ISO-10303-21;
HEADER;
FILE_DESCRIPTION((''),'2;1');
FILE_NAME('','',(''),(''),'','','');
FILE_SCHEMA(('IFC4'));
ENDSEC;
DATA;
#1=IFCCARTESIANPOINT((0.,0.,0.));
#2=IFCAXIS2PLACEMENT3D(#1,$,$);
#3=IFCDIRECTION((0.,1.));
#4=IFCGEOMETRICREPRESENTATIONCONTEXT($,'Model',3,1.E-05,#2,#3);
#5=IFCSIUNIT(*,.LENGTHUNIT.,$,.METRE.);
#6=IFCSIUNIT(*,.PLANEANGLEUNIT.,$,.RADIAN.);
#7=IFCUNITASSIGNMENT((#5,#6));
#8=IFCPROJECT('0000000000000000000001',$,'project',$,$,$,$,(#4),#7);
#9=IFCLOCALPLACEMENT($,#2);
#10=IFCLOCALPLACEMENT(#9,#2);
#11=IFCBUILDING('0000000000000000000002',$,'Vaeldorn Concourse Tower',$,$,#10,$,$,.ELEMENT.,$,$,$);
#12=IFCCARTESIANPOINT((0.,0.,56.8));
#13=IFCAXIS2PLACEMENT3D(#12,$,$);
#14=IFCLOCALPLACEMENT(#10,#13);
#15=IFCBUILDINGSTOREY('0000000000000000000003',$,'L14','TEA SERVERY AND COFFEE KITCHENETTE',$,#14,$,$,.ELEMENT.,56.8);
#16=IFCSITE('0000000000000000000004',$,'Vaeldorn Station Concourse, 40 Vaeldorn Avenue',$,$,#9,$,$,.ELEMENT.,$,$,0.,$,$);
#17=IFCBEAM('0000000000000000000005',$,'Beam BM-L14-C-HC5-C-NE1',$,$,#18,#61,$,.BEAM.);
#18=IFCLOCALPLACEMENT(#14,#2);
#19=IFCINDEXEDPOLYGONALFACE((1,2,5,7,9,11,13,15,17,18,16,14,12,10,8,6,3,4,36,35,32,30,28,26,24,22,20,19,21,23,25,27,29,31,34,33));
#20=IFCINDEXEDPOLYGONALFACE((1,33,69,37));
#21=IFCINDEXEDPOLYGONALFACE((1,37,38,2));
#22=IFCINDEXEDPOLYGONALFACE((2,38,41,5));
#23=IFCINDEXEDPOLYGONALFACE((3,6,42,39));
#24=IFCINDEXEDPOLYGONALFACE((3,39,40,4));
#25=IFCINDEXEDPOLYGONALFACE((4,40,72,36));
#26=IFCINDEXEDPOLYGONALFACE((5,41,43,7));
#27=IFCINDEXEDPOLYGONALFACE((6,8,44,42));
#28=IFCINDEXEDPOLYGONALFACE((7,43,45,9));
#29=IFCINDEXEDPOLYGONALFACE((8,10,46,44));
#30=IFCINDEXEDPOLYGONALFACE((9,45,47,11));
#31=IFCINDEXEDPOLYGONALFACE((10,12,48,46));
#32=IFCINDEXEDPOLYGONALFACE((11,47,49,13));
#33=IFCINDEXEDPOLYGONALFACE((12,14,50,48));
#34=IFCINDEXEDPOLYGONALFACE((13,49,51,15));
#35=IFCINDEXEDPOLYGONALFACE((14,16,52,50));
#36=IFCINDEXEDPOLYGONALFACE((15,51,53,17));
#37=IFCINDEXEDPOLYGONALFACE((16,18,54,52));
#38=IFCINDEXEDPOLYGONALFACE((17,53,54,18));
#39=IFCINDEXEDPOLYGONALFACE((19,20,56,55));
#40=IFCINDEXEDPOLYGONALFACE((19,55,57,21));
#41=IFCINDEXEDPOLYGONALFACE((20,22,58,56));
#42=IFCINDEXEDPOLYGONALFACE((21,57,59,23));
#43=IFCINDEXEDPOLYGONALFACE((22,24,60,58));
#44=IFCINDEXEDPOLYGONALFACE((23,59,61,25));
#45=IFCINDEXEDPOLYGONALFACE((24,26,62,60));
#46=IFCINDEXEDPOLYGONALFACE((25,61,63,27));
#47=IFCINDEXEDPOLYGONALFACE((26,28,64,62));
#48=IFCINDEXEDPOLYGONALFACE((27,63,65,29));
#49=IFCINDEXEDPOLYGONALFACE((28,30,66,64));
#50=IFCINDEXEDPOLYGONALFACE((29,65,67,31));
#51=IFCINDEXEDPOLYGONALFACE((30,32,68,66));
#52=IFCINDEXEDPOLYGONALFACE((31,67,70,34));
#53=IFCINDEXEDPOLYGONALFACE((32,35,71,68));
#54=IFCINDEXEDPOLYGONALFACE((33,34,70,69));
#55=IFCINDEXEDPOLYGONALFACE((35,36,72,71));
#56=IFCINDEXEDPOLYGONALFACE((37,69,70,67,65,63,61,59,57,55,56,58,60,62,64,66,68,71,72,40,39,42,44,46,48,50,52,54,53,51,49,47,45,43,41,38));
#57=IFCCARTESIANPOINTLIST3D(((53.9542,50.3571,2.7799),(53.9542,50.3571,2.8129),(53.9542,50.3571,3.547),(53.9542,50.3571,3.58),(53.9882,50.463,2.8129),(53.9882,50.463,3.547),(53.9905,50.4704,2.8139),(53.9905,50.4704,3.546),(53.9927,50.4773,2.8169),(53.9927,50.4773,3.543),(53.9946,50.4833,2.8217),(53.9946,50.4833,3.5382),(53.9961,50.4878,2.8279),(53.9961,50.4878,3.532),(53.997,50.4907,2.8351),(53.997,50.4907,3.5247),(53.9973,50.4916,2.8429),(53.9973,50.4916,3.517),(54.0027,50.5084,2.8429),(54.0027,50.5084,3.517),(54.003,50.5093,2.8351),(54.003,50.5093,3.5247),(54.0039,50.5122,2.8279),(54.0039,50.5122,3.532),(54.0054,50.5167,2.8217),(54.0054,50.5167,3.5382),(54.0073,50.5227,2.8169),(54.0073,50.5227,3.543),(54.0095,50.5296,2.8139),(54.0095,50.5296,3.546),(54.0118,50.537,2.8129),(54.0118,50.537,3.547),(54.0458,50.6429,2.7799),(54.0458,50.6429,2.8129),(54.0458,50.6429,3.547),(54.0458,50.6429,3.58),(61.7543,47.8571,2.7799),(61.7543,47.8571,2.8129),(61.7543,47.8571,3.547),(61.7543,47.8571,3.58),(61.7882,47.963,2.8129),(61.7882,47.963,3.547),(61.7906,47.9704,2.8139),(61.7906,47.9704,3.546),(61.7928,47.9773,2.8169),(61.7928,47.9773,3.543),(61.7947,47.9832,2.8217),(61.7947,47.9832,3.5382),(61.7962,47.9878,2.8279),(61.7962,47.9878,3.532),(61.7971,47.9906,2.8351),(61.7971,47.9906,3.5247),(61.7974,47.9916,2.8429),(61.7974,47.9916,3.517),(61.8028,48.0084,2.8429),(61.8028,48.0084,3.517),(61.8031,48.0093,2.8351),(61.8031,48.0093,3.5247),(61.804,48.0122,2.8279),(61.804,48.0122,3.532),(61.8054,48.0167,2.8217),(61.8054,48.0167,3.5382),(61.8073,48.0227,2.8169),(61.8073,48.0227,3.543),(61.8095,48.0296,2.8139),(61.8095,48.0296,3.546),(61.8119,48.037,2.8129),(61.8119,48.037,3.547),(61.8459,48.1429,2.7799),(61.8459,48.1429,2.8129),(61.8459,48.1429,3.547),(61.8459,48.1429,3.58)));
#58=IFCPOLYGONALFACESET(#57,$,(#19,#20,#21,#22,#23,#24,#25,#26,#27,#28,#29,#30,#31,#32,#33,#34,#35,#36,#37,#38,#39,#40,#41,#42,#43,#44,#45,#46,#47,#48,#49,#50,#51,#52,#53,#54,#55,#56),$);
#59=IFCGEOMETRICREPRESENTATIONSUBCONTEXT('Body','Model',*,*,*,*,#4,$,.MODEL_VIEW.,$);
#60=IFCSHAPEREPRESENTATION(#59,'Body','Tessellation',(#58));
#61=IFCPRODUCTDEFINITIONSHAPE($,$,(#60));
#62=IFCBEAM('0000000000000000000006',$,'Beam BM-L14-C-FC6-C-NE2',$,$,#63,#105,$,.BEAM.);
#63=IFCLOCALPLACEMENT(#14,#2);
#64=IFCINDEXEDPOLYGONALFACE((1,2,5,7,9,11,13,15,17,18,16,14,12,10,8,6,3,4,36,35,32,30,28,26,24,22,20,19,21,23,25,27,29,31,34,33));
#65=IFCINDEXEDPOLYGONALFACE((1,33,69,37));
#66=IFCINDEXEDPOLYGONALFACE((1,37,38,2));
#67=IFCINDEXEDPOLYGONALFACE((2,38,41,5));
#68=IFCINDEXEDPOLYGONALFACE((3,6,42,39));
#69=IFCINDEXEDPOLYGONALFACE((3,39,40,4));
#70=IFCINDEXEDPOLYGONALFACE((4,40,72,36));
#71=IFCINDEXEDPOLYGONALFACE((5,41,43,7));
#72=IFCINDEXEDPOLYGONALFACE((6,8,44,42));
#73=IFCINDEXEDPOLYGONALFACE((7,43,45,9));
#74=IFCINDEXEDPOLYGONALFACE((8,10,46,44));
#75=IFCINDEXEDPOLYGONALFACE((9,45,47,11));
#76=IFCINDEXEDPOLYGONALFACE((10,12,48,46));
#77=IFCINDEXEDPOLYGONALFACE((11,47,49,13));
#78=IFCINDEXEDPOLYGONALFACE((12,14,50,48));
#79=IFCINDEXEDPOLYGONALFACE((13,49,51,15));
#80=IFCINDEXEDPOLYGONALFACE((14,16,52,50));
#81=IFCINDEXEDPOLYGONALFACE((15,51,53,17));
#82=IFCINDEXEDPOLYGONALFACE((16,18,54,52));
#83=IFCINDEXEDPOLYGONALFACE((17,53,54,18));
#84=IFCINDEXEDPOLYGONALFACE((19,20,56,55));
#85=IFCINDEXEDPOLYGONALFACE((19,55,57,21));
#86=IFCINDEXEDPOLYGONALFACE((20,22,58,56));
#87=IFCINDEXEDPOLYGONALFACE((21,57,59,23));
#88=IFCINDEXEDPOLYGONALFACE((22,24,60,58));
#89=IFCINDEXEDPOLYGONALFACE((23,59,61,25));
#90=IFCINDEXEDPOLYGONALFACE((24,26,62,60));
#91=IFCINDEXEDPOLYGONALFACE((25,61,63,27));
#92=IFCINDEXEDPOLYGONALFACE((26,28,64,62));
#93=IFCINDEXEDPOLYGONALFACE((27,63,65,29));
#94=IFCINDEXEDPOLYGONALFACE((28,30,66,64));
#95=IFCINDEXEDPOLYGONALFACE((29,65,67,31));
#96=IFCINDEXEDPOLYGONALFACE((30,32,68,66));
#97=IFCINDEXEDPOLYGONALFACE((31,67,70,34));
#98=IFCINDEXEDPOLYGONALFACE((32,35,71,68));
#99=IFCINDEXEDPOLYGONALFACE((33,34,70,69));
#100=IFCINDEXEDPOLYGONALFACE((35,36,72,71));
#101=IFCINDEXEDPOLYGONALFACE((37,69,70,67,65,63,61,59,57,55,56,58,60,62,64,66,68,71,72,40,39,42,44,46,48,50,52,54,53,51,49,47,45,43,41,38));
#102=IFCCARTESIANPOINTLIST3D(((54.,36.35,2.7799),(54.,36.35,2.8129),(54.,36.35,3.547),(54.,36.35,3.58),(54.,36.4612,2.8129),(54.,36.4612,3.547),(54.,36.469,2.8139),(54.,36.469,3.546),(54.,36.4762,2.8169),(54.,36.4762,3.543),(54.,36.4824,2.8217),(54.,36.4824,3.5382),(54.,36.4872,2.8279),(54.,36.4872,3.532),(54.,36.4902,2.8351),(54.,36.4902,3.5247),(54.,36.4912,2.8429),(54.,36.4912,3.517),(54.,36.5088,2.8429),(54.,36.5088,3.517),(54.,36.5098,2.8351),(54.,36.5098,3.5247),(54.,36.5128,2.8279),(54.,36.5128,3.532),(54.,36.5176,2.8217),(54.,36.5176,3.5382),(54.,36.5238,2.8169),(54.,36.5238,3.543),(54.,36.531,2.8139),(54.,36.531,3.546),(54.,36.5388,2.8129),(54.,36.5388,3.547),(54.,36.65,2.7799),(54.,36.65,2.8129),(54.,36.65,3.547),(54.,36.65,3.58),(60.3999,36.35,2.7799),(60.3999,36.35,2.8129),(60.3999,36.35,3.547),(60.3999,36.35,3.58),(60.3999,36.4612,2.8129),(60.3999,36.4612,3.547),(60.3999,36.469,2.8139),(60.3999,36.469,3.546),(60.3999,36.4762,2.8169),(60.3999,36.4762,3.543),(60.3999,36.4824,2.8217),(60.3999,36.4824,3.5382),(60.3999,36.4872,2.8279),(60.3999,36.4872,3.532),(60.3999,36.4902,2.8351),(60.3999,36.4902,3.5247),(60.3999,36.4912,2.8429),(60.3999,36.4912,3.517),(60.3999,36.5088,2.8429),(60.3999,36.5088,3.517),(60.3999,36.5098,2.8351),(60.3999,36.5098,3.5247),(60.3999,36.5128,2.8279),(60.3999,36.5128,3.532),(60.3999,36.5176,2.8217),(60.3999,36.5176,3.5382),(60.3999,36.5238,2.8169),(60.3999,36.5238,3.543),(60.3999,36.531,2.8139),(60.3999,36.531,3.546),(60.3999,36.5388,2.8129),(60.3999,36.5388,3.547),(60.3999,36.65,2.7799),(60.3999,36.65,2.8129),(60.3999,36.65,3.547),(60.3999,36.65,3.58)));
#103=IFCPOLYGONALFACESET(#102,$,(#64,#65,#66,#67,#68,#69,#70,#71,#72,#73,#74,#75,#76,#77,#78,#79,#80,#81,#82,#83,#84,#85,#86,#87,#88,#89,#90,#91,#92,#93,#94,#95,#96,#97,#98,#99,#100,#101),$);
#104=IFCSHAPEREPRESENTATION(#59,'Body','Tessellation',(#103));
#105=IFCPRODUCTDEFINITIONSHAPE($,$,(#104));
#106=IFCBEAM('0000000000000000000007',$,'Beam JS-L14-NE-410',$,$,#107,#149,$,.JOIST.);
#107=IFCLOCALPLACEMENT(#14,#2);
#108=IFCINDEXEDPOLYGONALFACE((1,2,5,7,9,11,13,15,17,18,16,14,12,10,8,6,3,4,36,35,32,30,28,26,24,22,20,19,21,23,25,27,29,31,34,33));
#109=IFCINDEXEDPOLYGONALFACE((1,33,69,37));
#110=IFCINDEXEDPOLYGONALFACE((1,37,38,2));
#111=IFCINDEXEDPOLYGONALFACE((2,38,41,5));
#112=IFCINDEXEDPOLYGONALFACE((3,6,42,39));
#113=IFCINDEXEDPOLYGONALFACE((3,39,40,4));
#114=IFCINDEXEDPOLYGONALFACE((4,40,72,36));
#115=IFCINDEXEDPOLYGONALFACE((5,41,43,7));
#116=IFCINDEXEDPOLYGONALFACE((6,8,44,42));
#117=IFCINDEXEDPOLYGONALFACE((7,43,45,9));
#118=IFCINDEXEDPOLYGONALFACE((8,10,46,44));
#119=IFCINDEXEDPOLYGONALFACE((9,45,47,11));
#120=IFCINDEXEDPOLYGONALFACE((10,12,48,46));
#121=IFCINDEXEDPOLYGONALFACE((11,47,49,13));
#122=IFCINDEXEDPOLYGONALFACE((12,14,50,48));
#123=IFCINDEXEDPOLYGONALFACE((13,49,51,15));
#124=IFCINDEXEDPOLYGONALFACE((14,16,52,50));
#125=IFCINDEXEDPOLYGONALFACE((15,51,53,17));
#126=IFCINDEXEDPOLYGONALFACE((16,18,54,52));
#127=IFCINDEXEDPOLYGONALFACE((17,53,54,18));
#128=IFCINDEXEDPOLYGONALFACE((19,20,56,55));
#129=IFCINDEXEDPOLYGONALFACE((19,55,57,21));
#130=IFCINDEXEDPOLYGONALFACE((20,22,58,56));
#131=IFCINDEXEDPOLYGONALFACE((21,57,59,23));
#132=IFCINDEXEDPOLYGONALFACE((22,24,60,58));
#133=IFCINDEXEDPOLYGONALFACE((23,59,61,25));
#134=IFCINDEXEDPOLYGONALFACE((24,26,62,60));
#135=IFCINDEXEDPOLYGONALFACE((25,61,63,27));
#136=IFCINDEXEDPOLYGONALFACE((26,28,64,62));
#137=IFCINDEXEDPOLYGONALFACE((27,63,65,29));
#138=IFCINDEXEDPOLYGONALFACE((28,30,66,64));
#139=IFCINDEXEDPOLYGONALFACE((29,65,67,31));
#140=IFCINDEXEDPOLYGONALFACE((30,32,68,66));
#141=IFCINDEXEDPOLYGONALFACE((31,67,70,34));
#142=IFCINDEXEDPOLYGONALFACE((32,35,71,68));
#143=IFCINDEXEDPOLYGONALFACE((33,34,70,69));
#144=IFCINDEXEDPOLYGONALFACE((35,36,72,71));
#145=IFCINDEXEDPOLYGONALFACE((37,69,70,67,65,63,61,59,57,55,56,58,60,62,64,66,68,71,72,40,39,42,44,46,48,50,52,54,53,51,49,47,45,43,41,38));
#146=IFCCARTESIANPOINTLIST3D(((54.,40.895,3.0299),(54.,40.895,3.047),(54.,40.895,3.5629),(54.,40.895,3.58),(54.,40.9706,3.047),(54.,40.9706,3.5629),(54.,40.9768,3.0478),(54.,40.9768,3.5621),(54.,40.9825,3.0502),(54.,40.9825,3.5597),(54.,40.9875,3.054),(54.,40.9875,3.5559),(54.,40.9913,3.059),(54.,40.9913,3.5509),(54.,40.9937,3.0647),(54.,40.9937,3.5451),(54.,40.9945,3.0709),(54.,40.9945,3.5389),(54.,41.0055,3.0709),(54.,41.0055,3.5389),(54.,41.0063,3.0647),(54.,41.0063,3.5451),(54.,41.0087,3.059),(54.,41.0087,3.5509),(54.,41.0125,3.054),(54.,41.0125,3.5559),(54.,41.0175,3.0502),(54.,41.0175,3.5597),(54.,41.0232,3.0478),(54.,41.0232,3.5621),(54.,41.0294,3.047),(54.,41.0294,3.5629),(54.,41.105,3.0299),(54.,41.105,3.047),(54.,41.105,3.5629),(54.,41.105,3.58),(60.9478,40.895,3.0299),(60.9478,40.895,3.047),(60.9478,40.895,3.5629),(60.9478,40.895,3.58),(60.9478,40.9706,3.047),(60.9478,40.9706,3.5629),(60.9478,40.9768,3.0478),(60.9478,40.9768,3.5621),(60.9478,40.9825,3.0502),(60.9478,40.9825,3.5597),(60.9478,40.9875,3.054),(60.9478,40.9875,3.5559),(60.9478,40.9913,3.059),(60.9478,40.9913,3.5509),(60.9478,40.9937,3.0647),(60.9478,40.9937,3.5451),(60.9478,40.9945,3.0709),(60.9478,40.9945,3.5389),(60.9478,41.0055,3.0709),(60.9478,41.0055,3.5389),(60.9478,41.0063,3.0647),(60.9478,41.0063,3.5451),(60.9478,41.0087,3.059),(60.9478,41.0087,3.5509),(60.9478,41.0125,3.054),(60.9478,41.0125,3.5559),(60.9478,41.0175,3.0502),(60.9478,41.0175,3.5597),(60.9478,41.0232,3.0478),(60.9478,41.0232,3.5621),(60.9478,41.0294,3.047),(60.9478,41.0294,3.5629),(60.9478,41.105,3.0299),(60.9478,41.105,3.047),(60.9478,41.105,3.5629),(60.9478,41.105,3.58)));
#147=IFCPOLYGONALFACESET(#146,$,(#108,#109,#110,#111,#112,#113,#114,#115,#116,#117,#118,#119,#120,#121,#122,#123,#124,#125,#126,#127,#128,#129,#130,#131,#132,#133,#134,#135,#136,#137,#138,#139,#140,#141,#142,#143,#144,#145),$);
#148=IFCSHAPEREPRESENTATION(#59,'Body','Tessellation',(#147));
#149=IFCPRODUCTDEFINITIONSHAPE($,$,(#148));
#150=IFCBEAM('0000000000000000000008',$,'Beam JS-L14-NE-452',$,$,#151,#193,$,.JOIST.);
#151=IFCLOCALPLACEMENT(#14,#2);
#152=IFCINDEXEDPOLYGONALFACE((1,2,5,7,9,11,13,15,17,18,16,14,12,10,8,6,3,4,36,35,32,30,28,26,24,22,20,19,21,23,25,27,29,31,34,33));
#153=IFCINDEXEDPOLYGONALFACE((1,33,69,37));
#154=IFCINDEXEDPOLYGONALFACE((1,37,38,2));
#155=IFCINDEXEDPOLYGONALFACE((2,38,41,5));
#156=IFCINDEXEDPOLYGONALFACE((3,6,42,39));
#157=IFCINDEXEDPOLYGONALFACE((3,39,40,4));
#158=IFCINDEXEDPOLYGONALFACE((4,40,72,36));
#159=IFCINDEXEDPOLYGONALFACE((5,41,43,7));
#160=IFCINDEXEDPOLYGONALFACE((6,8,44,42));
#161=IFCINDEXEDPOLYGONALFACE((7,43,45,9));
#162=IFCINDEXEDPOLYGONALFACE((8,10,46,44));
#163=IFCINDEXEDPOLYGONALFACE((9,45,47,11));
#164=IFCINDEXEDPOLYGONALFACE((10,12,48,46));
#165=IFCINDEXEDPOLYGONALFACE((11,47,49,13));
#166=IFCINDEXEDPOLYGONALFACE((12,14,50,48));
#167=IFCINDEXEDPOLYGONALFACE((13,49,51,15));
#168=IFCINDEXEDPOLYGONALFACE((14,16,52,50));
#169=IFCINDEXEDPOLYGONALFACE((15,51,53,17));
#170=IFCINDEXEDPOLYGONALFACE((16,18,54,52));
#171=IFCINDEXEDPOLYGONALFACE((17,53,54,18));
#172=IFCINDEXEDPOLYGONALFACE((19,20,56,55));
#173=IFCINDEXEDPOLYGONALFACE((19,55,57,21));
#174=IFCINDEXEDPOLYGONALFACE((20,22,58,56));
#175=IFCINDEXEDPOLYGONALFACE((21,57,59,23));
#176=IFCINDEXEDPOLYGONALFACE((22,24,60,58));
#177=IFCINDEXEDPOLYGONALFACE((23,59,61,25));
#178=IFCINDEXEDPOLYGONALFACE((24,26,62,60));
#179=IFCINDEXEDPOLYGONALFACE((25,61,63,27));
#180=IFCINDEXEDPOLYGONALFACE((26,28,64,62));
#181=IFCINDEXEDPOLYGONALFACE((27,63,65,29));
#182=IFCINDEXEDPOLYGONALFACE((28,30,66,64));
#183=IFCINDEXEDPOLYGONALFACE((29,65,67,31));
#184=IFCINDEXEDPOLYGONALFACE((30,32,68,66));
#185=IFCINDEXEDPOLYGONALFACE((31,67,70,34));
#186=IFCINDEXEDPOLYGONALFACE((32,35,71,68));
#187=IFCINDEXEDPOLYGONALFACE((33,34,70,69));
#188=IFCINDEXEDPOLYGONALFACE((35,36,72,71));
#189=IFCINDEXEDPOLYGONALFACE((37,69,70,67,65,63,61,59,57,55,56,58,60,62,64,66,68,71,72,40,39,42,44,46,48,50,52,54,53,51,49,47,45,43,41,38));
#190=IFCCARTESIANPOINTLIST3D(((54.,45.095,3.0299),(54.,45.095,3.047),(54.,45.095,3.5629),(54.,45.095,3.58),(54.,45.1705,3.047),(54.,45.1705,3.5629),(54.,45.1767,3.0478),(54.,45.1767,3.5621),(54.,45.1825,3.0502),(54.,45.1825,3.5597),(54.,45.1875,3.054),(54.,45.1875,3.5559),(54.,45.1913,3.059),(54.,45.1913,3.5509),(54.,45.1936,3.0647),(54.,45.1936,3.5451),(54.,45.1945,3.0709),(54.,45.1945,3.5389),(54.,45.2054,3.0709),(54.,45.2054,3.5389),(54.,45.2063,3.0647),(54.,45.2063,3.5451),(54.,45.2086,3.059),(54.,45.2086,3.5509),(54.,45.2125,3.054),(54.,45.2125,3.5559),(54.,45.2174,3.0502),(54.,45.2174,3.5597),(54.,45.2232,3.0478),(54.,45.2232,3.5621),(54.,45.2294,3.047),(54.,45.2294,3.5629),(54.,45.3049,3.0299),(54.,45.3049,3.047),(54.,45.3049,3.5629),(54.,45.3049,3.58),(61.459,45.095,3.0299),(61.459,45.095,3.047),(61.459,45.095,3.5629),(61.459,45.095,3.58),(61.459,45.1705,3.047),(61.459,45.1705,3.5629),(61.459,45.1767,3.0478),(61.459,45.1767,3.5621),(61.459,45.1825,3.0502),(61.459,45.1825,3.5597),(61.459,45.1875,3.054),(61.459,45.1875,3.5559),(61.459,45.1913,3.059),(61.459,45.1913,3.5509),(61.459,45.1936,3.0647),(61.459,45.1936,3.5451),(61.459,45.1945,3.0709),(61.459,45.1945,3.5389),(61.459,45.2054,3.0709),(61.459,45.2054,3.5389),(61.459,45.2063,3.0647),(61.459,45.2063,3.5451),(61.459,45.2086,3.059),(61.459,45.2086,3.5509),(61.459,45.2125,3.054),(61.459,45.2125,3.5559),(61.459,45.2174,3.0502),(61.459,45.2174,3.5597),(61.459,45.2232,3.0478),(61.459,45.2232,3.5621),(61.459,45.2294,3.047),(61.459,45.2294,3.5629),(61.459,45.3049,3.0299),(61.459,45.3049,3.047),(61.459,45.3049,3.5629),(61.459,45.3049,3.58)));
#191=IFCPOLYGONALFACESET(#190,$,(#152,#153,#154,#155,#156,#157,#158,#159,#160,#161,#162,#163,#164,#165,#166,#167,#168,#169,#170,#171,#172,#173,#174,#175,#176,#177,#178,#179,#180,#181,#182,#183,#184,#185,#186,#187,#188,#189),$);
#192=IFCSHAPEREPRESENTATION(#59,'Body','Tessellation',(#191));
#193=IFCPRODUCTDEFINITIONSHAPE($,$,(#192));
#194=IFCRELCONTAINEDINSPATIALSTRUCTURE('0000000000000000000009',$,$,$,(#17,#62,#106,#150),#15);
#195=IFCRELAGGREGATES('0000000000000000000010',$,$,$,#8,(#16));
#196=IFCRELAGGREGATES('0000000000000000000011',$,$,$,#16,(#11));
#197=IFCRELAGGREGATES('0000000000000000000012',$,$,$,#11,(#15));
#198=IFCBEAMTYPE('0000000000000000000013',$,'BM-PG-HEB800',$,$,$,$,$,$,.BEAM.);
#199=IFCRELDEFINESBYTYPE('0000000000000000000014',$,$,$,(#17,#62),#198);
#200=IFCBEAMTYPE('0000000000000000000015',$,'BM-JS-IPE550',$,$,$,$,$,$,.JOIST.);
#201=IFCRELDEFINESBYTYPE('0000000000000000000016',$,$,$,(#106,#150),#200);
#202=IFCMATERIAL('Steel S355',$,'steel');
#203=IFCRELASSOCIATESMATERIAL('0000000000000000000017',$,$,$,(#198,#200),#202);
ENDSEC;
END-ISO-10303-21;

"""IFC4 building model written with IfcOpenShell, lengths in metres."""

from ifc_helpers import new_model, si_unit, direction, frame, origin, origin_2d, place, context, subcontext, project, spatial, i_section, extrude, source, transform, mapped, material, material_profile, profile_set, type_object, element, save


model = new_model("IFC4")

# Units and contexts
model_context = context("Model", 3, precision=1e-05, world=origin(), true_north=direction((0.0, 1.0)))
body_context = subcontext(model_context, "Body", "Model", "MODEL_VIEW")
ifc_project = project(units=[si_unit("LENGTHUNIT", "METRE"), si_unit("PLANEANGLEUNIT", "RADIAN")], contexts=[model_context])

# Site, building, storey
site_placement = place(None, origin())
site = spatial("IfcSite", under=ifc_project, at=site_placement, Name="Vaeldorn Station Concourse, 40 Vaeldorn Avenue", CompositionType="ELEMENT", RefElevation=0.0)
building_placement = place(site_placement, origin())
building = spatial("IfcBuilding", under=site, at=building_placement, Name="Vaeldorn Concourse Tower", CompositionType="ELEMENT")
storey_placement = place(building_placement, frame((0.0, 0.0, 56.8)))
storey = spatial("IfcBuildingStorey", under=building, at=storey_placement, Name="L14", Description="TEA SERVERY AND COFFEE KITCHENETTE", CompositionType="ELEMENT", Elevation=56.8)

# Beams
ifc_material_1 = material(Name="Steel S355", Category="steel")
ifc_material_profile_1 = material_profile(ifc_material_1, i_section(OverallWidth=0.3, OverallDepth=0.8, WebThickness=0.0176, FlangeThickness=0.033, FilletRadius=0.03, at=origin_2d()), Name="HEB 800")
ifc_profile_set_1 = profile_set([ifc_material_profile_1], Name="Steel S355")
beam_type_1 = type_object("IfcBeamType", Name="BM-PG-HEB800", PredefinedType="BEAM", material=ifc_profile_set_1)
shared_shape_1 = source(origin(), body_context, "Body", "SweptSolid", [
    extrude(i_section(OverallWidth=0.3, OverallDepth=0.8, WebThickness=0.0176, FlangeThickness=0.033, FilletRadius=0.03, at=origin_2d()), origin(), (0.0, 0.0, 1.0), 8.1909),
])
beam_1_placement = place(storey_placement, frame((54.0, 50.5, 3.1799), z_axis=(0.952283, -0.305217, 0.0), x_axis=(0.305217, 0.952283, 0.0)))
element("IfcBeam", 1, at=beam_1_placement, inside=storey, type_object=beam_type_1, Name="Beam BM-L14-C-HC5-C-NE1", PredefinedType="BEAM", context=body_context, shape_type="MappedRepresentation", body=[
    mapped(shared_shape_1, transform((0.0, 0.0, 0.0), scale=1.0)),
])
shared_shape_2 = source(origin(), body_context, "Body", "SweptSolid", [
    extrude(i_section(OverallWidth=0.3, OverallDepth=0.8, WebThickness=0.0176, FlangeThickness=0.033, FilletRadius=0.03, at=origin_2d()), origin(), (0.0, 0.0, 1.0), 6.3999),
])
beam_2_placement = place(storey_placement, frame((54.0, 36.5, 3.1799), z_axis=(1.0, 0.0, 0.0), x_axis=(0.0, 1.0, 0.0)))
element("IfcBeam", 2, at=beam_2_placement, inside=storey, type_object=beam_type_1, Name="Beam BM-L14-C-FC6-C-NE2", PredefinedType="BEAM", context=body_context, shape_type="MappedRepresentation", body=[
    mapped(shared_shape_2, transform((0.0, 0.0, 0.0), scale=1.0)),
])
ifc_material_profile_2 = material_profile(ifc_material_1, i_section(OverallWidth=0.21, OverallDepth=0.55, WebThickness=0.011, FlangeThickness=0.0171, FilletRadius=0.0239, at=origin_2d()), Name="IPE 550")
ifc_profile_set_2 = profile_set([ifc_material_profile_2], Name="Steel S355")
beam_type_2 = type_object("IfcBeamType", Name="BM-JS-IPE550", PredefinedType="JOIST", material=ifc_profile_set_2)
shared_shape_3 = source(origin(), body_context, "Body", "SweptSolid", [
    extrude(i_section(OverallWidth=0.21, OverallDepth=0.55, WebThickness=0.011, FlangeThickness=0.0171, FilletRadius=0.0239, at=origin_2d()), origin(), (0.0, 0.0, 1.0), 6.9478),
])
beam_3_placement = place(storey_placement, frame((54.0, 41.0, 3.3049), z_axis=(1.0, 0.0, 0.0), x_axis=(0.0, 1.0, 0.0)))
element("IfcBeam", 3, at=beam_3_placement, inside=storey, type_object=beam_type_2, Name="Beam JS-L14-NE-410", PredefinedType="JOIST", context=body_context, shape_type="MappedRepresentation", body=[
    mapped(shared_shape_3, transform((0.0, 0.0, 0.0), scale=1.0)),
])
shared_shape_4 = source(origin(), body_context, "Body", "SweptSolid", [
    extrude(i_section(OverallWidth=0.21, OverallDepth=0.55, WebThickness=0.011, FlangeThickness=0.0171, FilletRadius=0.0239, at=origin_2d()), origin(), (0.0, 0.0, 1.0), 7.459),
])
beam_4_placement = place(storey_placement, frame((54.0, 45.2, 3.3049), z_axis=(1.0, 0.0, 0.0), x_axis=(0.0, 1.0, 0.0)))
element("IfcBeam", 4, at=beam_4_placement, inside=storey, type_object=beam_type_2, Name="Beam JS-L14-NE-452", PredefinedType="JOIST", context=body_context, shape_type="MappedRepresentation", body=[
    mapped(shared_shape_4, transform((0.0, 0.0, 0.0), scale=1.0)),
])

save(model, "model.ifc")
